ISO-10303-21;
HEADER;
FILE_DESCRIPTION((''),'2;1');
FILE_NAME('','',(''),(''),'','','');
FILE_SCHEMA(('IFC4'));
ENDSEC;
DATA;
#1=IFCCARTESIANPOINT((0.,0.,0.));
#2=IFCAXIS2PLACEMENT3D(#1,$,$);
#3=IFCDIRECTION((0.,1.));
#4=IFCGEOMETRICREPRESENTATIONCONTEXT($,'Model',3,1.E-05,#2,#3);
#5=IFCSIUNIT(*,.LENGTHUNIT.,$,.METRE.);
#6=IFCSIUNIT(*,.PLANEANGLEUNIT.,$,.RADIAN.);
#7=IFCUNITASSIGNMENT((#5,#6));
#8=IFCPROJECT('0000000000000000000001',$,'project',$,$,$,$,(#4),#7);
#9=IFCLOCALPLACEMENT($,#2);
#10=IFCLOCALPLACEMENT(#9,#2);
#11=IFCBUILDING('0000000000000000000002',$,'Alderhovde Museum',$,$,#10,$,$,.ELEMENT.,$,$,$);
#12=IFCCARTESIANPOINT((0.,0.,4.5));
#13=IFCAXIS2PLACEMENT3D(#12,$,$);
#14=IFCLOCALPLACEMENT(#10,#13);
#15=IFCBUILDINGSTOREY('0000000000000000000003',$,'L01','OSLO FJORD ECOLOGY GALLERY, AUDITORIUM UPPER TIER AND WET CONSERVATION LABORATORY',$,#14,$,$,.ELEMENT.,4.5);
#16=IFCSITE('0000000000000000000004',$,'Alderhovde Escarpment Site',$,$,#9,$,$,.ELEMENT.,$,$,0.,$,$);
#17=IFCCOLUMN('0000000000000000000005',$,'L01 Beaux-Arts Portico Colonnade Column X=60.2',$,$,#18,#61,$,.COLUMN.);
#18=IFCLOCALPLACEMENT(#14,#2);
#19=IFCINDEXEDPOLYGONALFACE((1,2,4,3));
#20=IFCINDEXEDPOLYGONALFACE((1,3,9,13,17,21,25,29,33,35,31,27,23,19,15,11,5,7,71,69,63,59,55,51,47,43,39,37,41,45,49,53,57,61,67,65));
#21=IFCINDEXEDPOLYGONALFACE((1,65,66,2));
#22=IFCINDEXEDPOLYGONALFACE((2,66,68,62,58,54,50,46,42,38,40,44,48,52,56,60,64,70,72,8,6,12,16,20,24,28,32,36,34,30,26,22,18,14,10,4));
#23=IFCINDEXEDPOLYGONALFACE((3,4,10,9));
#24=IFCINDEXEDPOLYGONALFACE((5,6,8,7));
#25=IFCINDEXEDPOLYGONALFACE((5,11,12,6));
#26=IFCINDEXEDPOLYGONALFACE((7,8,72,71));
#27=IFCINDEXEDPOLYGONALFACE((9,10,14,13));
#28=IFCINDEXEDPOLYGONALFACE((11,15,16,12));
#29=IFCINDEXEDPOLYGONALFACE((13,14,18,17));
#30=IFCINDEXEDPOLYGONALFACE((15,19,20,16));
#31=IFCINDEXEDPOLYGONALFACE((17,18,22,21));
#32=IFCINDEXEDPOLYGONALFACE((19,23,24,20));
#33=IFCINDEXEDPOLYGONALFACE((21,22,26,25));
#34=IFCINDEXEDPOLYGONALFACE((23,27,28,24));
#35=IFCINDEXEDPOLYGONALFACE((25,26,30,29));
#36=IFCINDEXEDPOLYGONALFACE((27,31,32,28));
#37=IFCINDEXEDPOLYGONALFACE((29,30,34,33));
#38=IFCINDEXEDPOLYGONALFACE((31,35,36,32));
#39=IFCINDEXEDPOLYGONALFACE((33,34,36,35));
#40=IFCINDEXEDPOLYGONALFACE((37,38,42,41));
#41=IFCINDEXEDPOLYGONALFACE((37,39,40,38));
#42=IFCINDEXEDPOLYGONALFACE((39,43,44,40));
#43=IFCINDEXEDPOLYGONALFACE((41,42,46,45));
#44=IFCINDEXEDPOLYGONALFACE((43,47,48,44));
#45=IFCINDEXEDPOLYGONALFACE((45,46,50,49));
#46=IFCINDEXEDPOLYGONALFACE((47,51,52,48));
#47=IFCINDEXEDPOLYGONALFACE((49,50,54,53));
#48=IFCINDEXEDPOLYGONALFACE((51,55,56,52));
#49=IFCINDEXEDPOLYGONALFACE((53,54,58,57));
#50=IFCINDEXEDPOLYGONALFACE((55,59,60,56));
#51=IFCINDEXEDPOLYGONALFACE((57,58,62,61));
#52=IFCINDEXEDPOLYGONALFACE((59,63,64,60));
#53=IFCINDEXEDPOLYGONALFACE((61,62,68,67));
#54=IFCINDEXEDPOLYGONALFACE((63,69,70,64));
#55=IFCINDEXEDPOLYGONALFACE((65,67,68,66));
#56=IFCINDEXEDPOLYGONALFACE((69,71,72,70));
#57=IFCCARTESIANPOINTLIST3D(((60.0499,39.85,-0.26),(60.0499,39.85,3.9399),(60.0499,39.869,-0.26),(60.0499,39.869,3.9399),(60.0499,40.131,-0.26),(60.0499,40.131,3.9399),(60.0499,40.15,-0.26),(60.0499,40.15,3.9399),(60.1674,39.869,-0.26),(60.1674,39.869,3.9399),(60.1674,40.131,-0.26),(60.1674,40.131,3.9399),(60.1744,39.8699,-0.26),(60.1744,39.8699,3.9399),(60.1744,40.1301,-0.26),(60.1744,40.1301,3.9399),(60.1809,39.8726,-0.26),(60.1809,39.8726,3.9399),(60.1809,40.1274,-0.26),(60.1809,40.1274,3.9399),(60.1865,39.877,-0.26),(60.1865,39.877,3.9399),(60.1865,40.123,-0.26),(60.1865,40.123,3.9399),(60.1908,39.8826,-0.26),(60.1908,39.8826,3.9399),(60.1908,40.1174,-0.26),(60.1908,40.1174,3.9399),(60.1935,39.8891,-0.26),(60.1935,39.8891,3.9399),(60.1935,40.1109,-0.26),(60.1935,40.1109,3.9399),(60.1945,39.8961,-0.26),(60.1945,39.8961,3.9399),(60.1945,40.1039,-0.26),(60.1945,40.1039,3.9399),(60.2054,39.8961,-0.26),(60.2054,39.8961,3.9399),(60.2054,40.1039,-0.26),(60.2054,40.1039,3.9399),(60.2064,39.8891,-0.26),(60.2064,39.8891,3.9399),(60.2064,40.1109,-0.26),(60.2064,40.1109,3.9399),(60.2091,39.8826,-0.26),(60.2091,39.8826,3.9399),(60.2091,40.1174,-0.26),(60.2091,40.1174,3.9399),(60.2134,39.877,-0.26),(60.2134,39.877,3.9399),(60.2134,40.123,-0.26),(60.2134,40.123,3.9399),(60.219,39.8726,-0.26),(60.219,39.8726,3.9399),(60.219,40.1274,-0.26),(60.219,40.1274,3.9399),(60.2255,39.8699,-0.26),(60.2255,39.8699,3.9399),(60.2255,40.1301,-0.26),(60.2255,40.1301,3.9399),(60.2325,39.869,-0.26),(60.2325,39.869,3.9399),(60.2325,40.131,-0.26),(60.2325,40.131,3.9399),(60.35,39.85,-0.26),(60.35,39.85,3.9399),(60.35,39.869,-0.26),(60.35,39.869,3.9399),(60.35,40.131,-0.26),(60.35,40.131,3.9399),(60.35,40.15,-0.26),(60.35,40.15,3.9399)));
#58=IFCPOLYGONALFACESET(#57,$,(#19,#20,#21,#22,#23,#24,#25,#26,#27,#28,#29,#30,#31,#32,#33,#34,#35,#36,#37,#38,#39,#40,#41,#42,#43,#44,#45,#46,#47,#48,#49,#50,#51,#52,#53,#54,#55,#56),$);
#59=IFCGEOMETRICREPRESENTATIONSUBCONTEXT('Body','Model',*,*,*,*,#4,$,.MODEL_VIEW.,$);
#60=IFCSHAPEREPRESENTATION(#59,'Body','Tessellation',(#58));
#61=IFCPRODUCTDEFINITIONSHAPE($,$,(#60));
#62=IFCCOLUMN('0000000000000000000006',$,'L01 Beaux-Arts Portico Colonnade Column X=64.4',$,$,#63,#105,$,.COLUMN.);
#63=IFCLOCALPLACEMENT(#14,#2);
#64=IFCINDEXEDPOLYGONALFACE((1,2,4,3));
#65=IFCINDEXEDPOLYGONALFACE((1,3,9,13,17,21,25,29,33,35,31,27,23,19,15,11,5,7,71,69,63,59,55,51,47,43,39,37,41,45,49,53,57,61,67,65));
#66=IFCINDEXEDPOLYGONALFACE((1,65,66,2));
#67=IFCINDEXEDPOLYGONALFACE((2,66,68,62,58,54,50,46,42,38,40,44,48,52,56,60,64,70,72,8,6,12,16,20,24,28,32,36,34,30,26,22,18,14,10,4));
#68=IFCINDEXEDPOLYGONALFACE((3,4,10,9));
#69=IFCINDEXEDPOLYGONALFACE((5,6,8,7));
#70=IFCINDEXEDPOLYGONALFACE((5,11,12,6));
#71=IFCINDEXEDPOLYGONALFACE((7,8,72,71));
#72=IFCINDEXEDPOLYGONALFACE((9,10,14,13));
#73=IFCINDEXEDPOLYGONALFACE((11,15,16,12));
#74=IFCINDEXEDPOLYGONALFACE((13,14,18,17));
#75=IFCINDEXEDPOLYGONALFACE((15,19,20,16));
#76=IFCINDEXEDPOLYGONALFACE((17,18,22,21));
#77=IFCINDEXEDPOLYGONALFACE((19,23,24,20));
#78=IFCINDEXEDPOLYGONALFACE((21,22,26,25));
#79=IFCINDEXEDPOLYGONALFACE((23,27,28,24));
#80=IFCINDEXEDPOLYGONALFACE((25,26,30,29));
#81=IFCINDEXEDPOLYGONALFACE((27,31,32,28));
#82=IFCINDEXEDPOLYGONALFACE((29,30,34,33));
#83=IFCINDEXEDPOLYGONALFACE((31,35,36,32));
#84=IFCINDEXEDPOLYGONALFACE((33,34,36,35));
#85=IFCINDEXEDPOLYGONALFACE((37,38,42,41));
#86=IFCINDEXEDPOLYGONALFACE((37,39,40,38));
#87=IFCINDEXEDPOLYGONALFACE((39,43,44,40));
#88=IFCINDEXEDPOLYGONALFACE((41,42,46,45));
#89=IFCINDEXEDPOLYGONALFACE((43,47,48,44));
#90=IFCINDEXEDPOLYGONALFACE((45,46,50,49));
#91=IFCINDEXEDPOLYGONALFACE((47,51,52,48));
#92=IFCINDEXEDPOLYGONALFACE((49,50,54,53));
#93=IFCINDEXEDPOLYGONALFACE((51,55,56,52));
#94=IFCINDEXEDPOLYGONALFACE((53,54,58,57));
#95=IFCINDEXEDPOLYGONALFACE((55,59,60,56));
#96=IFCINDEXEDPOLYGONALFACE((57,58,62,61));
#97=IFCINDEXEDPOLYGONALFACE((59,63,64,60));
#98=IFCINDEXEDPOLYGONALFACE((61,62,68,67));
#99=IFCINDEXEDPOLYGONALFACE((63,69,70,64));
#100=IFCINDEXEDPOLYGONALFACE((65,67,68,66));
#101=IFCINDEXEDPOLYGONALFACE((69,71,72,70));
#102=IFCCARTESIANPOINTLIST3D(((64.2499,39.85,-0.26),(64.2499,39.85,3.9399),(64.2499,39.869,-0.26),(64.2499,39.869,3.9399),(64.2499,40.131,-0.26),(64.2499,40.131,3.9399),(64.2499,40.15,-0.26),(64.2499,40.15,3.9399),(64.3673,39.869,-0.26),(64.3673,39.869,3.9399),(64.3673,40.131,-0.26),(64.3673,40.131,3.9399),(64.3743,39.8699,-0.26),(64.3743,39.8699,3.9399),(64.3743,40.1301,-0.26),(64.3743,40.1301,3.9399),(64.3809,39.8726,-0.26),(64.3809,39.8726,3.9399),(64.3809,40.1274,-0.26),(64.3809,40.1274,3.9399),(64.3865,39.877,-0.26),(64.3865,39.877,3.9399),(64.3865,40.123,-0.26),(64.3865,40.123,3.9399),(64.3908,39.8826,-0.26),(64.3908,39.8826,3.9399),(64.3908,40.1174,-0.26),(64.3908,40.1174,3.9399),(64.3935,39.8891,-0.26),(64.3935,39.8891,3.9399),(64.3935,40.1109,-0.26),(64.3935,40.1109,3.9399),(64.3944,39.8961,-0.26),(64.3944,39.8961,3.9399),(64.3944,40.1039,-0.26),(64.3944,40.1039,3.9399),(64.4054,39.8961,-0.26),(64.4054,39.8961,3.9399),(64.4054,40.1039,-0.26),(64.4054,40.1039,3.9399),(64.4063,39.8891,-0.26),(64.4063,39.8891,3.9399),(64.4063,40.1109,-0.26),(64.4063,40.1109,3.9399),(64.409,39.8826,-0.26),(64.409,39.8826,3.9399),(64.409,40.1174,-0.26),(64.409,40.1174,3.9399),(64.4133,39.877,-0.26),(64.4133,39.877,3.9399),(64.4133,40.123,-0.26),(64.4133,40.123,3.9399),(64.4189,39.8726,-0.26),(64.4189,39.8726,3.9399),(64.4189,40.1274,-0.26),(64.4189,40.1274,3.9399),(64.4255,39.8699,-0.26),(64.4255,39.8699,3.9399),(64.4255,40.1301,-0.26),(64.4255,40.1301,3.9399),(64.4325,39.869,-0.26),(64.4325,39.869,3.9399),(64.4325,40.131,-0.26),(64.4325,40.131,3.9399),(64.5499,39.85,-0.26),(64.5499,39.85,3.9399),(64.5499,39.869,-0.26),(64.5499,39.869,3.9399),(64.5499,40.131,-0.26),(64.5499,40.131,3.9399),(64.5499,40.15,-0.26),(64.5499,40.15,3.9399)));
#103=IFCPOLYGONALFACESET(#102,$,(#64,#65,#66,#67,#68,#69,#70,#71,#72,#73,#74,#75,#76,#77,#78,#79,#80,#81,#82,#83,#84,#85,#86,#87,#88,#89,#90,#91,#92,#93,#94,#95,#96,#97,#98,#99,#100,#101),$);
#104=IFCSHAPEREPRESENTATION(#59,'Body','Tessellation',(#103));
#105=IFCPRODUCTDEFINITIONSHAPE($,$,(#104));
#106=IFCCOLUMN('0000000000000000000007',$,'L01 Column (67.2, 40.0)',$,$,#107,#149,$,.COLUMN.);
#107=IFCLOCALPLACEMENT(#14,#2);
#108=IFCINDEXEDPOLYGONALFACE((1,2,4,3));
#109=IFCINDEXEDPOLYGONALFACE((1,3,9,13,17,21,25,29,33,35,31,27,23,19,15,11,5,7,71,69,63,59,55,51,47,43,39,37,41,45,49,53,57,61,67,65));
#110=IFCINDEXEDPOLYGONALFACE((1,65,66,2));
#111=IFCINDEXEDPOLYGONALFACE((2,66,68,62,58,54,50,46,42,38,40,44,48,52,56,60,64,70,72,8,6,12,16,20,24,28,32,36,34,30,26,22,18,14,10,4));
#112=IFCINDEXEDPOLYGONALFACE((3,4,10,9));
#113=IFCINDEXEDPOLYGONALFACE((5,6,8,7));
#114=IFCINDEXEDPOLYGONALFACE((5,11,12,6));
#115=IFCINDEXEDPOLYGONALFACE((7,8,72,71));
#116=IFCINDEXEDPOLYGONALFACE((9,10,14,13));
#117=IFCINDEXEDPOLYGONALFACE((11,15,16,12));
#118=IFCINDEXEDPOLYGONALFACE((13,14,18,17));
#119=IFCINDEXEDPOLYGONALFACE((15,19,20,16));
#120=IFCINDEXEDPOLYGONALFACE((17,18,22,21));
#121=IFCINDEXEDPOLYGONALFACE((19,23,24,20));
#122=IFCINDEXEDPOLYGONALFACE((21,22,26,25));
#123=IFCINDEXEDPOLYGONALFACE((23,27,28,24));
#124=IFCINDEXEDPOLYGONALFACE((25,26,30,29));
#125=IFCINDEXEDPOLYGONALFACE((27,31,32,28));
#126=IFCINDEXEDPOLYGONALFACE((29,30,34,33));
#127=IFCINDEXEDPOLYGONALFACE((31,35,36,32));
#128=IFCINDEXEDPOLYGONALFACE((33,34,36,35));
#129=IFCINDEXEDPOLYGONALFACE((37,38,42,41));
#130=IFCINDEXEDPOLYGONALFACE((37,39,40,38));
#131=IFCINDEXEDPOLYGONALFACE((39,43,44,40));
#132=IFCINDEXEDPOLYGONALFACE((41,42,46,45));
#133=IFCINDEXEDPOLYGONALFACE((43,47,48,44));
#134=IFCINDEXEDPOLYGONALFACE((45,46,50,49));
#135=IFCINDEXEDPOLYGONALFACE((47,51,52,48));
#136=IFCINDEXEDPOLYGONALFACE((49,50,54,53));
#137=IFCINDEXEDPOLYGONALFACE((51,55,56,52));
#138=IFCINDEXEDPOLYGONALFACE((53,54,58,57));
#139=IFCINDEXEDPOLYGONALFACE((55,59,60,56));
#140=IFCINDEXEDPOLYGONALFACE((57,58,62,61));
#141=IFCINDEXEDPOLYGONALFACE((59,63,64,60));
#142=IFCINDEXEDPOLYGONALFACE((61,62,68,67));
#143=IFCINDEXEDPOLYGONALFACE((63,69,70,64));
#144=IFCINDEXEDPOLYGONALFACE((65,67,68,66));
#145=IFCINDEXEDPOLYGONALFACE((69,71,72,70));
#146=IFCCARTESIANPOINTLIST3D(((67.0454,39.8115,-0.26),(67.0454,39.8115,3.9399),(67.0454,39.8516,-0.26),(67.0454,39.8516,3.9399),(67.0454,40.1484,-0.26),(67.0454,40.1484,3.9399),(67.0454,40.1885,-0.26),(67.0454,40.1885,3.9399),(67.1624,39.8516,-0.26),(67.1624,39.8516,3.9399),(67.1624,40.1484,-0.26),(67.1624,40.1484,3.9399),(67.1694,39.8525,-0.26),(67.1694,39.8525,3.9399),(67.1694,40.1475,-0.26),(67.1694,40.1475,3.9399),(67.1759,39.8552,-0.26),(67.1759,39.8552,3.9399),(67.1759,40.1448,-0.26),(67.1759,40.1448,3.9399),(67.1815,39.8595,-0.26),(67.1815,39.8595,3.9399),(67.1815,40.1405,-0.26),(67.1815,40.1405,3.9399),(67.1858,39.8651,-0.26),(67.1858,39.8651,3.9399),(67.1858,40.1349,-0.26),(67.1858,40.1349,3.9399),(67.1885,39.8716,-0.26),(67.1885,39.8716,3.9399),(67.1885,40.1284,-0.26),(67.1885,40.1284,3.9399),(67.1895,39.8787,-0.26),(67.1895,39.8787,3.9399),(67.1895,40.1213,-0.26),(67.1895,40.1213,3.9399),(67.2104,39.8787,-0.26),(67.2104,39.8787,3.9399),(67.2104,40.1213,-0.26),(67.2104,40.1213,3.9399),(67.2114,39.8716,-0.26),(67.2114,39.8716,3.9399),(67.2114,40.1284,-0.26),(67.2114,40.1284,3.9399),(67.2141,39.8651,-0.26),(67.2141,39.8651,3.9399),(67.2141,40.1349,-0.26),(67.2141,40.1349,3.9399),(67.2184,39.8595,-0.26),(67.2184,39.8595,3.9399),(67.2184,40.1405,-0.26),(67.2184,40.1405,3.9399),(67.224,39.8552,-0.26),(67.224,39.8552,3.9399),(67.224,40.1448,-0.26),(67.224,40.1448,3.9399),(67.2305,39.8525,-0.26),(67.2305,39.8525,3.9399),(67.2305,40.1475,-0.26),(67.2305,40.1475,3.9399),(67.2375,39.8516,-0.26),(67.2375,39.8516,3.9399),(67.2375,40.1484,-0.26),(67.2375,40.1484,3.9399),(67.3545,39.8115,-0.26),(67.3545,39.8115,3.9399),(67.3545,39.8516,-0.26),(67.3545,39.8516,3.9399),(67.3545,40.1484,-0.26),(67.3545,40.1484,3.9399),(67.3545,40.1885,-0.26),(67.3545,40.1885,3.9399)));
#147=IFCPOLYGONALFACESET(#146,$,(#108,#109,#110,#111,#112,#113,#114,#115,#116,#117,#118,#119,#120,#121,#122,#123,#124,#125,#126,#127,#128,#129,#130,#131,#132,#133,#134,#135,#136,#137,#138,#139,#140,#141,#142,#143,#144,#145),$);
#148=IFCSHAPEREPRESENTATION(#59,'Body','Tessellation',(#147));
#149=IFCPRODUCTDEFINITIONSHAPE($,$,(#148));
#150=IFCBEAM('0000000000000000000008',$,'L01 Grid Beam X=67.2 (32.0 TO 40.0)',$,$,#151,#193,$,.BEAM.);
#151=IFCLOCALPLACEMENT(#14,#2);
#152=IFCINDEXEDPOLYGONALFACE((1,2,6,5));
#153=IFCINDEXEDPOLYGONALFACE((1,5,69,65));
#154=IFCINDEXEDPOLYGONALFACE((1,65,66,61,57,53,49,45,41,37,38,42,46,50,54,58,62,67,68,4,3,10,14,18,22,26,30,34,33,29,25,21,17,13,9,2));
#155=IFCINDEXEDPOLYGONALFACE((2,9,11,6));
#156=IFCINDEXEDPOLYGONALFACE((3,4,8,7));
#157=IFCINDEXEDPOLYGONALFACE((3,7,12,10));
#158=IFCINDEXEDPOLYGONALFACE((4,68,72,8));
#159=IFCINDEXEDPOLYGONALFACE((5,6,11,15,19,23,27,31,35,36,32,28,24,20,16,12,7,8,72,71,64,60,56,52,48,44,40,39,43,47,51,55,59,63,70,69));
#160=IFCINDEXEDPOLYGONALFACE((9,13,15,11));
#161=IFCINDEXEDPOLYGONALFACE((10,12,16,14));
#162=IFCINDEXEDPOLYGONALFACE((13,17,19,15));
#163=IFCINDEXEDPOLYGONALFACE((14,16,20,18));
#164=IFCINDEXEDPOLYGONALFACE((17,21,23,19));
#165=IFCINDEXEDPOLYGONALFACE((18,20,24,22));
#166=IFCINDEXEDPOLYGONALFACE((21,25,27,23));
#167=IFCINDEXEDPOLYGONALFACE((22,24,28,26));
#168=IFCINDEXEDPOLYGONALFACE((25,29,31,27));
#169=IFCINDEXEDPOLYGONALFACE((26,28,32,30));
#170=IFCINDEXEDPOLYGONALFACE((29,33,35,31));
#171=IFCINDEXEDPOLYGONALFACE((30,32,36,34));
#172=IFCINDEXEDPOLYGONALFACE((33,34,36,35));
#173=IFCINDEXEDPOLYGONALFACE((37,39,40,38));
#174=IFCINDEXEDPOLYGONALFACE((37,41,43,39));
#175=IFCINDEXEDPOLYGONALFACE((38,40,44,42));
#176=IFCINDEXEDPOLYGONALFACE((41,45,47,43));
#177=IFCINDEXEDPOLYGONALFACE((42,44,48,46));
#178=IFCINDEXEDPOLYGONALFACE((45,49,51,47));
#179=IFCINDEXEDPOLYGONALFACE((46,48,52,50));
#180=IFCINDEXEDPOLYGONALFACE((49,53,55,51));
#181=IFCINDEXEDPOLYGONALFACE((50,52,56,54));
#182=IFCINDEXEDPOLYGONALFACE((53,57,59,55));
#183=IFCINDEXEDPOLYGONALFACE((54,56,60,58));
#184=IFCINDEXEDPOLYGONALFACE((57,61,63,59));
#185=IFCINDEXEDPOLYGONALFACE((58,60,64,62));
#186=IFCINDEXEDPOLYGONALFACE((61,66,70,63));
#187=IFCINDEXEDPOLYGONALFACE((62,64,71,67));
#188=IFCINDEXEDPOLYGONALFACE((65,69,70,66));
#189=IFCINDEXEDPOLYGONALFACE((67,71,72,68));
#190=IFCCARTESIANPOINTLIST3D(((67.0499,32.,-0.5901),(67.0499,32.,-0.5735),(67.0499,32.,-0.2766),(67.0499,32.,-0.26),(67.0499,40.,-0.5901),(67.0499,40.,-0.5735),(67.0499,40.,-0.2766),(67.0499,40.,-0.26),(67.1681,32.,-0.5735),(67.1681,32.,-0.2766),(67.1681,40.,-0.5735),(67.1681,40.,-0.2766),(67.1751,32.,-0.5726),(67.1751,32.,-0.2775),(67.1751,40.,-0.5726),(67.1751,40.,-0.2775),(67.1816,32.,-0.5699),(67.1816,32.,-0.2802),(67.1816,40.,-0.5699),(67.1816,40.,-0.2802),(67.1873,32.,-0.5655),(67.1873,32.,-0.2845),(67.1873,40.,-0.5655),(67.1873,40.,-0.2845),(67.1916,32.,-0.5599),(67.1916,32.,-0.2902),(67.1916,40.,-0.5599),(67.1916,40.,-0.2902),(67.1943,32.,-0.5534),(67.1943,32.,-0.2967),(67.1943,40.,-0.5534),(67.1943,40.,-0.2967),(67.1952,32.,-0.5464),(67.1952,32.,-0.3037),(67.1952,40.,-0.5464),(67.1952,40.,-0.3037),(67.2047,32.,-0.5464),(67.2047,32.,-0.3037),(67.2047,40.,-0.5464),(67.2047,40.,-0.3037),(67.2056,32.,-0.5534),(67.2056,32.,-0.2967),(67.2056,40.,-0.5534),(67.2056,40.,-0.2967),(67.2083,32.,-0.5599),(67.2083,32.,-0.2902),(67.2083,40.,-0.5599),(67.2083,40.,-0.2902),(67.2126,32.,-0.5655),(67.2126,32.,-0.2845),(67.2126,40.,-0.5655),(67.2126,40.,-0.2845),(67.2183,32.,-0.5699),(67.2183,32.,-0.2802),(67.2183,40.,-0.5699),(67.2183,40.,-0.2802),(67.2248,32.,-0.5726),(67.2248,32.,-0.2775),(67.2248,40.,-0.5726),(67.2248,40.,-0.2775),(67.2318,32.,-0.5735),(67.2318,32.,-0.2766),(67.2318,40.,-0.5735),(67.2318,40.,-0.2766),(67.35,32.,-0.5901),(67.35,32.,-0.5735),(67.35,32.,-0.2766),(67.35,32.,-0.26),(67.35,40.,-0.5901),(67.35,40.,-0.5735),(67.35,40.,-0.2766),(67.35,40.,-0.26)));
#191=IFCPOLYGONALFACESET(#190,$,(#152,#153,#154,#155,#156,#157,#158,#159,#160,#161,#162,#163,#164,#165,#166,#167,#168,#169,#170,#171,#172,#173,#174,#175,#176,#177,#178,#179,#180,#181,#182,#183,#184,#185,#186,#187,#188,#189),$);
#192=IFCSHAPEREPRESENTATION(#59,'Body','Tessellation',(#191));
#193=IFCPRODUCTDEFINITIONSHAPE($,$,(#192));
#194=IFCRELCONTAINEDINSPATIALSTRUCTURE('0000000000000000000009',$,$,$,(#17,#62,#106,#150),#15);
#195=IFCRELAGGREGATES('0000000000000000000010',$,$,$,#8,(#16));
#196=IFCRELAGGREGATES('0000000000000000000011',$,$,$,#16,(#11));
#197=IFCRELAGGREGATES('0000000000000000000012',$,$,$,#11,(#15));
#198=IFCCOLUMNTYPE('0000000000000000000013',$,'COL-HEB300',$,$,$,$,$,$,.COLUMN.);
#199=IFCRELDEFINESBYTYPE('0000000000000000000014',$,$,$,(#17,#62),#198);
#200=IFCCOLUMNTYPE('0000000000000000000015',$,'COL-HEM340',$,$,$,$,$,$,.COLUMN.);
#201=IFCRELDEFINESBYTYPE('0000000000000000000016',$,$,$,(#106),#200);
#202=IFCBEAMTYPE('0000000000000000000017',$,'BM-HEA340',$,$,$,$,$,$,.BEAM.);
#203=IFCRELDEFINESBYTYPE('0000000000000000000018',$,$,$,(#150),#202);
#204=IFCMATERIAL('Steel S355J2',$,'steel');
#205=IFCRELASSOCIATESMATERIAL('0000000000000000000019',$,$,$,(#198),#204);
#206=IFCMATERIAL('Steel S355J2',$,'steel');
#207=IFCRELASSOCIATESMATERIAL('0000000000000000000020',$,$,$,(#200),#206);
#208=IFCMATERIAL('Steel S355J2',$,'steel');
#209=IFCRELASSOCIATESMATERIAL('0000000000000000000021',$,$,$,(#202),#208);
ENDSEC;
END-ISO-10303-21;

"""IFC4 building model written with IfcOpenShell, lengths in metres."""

from ifc_helpers import new_model, si_unit, direction, frame, origin, origin_2d, place, context, subcontext, project, spatial, i_section, extrude, material, material_profile, profile_set, type_object, element, save


model = new_model("IFC4")

# Units and contexts
model_context = context("Model", 3, precision=1e-05, world=origin(), true_north=direction((0.0, 1.0)))
body_context = subcontext(model_context, "Body", "Model", "MODEL_VIEW")
ifc_project = project(units=[si_unit("LENGTHUNIT", "METRE"), si_unit("PLANEANGLEUNIT", "RADIAN")], contexts=[model_context])

# Site, building, storey
site_placement = place(None, origin())
site = spatial("IfcSite", under=ifc_project, at=site_placement, Name="Alderhovde Escarpment Site", CompositionType="ELEMENT", RefElevation=0.0)
building_placement = place(site_placement, origin())
building = spatial("IfcBuilding", under=site, at=building_placement, Name="Alderhovde Museum", CompositionType="ELEMENT")
storey_placement = place(building_placement, frame((0.0, 0.0, 4.5)))
storey = spatial("IfcBuildingStorey", under=building, at=storey_placement, Name="L01", Description="OSLO FJORD ECOLOGY GALLERY, AUDITORIUM UPPER TIER AND WET CONSERVATION LABORATORY", CompositionType="ELEMENT", Elevation=4.5)

# Columns
ifc_material_1 = material(Name="Steel S355J2", Category="steel")
ifc_material_profile_1 = material_profile(ifc_material_1, i_section(OverallWidth=0.3, OverallDepth=0.3, WebThickness=0.011, FlangeThickness=0.019, FilletRadius=0.0271, at=origin_2d()), Name="HEB 300")
ifc_profile_set_1 = profile_set([ifc_material_profile_1], Name="Steel S355J2")
column_type_1 = type_object("IfcColumnType", Name="COL-HEB300", PredefinedType="COLUMN", material=ifc_profile_set_1)
for number, where, z_axis, x_axis, name in (
    (1, (60.2, 40.0, -0.26), (0.0, 0.0, 1.0), (1.0, 0.0, 0.0), "L01 Beaux-Arts Portico Colonnade Column X=60.2"),
    (2, (64.3999, 40.0, -0.26), (0.0, 0.0, 1.0), (1.0, 0.0, 0.0), "L01 Beaux-Arts Portico Colonnade Column X=64.4"),
):
    element("IfcColumn", number, at=place(storey_placement, frame(where, z_axis=z_axis, x_axis=x_axis)), inside=storey, type_object=column_type_1, Name=name, PredefinedType="COLUMN", context=body_context, shape_type="SweptSolid", body=[
        extrude(i_section(OverallWidth=0.3, OverallDepth=0.3, WebThickness=0.011, FlangeThickness=0.019, FilletRadius=0.0271, at=origin_2d()), origin(), (0.0, 0.0, 1.0), 4.2),
    ])
ifc_material_2 = material(Name="Steel S355J2", Category="steel")
ifc_material_profile_2 = material_profile(ifc_material_2, i_section(OverallWidth=0.3091, OverallDepth=0.377, WebThickness=0.021, FlangeThickness=0.04, FilletRadius=0.0271, at=origin_2d()), Name="HEM 340")
ifc_profile_set_2 = profile_set([ifc_material_profile_2], Name="Steel S355J2")
column_type_2 = type_object("IfcColumnType", Name="COL-HEM340", PredefinedType="COLUMN", material=ifc_profile_set_2)
column_placement = place(storey_placement, frame((67.2, 40.0, -0.26), z_axis=(0.0, 0.0, 1.0), x_axis=(1.0, 0.0, 0.0)))
element("IfcColumn", 3, at=column_placement, inside=storey, type_object=column_type_2, Name="L01 Column (67.2, 40.0)", PredefinedType="COLUMN", context=body_context, shape_type="SweptSolid", body=[
    extrude(i_section(OverallWidth=0.3091, OverallDepth=0.377, WebThickness=0.021, FlangeThickness=0.04, FilletRadius=0.0271, at=origin_2d()), origin(), (0.0, 0.0, 1.0), 4.2),
])

# Beam
ifc_material_3 = material(Name="Steel S355J2", Category="steel")
ifc_material_profile_3 = material_profile(ifc_material_3, i_section(OverallWidth=0.3, OverallDepth=0.3301, WebThickness=0.0095, FlangeThickness=0.0166, FilletRadius=0.0271, at=origin_2d()), Name="HEA 340")
ifc_profile_set_3 = profile_set([ifc_material_profile_3], Name="Steel S355J2")
beam_type_1 = type_object("IfcBeamType", Name="BM-HEA340", PredefinedType="BEAM", material=ifc_profile_set_3)
for number, where, z_axis, x_axis, name in (
    (4, (67.2, 32.0, -0.425), (0.0, 1.0, 0.0), (-1.0, 0.0, 0.0), "L01 Grid Beam X=67.2 (32.0 TO 40.0)"),
):
    element("IfcBeam", number, at=place(storey_placement, frame(where, z_axis=z_axis, x_axis=x_axis)), inside=storey, type_object=beam_type_1, Name=name, PredefinedType="BEAM", context=body_context, shape_type="SweptSolid", body=[
        extrude(i_section(OverallWidth=0.3, OverallDepth=0.3301, WebThickness=0.0095, FlangeThickness=0.0166, FilletRadius=0.0271, at=origin_2d()), origin(), (0.0, 0.0, 1.0), 8.0),
    ])

save(model, "model.ifc")
